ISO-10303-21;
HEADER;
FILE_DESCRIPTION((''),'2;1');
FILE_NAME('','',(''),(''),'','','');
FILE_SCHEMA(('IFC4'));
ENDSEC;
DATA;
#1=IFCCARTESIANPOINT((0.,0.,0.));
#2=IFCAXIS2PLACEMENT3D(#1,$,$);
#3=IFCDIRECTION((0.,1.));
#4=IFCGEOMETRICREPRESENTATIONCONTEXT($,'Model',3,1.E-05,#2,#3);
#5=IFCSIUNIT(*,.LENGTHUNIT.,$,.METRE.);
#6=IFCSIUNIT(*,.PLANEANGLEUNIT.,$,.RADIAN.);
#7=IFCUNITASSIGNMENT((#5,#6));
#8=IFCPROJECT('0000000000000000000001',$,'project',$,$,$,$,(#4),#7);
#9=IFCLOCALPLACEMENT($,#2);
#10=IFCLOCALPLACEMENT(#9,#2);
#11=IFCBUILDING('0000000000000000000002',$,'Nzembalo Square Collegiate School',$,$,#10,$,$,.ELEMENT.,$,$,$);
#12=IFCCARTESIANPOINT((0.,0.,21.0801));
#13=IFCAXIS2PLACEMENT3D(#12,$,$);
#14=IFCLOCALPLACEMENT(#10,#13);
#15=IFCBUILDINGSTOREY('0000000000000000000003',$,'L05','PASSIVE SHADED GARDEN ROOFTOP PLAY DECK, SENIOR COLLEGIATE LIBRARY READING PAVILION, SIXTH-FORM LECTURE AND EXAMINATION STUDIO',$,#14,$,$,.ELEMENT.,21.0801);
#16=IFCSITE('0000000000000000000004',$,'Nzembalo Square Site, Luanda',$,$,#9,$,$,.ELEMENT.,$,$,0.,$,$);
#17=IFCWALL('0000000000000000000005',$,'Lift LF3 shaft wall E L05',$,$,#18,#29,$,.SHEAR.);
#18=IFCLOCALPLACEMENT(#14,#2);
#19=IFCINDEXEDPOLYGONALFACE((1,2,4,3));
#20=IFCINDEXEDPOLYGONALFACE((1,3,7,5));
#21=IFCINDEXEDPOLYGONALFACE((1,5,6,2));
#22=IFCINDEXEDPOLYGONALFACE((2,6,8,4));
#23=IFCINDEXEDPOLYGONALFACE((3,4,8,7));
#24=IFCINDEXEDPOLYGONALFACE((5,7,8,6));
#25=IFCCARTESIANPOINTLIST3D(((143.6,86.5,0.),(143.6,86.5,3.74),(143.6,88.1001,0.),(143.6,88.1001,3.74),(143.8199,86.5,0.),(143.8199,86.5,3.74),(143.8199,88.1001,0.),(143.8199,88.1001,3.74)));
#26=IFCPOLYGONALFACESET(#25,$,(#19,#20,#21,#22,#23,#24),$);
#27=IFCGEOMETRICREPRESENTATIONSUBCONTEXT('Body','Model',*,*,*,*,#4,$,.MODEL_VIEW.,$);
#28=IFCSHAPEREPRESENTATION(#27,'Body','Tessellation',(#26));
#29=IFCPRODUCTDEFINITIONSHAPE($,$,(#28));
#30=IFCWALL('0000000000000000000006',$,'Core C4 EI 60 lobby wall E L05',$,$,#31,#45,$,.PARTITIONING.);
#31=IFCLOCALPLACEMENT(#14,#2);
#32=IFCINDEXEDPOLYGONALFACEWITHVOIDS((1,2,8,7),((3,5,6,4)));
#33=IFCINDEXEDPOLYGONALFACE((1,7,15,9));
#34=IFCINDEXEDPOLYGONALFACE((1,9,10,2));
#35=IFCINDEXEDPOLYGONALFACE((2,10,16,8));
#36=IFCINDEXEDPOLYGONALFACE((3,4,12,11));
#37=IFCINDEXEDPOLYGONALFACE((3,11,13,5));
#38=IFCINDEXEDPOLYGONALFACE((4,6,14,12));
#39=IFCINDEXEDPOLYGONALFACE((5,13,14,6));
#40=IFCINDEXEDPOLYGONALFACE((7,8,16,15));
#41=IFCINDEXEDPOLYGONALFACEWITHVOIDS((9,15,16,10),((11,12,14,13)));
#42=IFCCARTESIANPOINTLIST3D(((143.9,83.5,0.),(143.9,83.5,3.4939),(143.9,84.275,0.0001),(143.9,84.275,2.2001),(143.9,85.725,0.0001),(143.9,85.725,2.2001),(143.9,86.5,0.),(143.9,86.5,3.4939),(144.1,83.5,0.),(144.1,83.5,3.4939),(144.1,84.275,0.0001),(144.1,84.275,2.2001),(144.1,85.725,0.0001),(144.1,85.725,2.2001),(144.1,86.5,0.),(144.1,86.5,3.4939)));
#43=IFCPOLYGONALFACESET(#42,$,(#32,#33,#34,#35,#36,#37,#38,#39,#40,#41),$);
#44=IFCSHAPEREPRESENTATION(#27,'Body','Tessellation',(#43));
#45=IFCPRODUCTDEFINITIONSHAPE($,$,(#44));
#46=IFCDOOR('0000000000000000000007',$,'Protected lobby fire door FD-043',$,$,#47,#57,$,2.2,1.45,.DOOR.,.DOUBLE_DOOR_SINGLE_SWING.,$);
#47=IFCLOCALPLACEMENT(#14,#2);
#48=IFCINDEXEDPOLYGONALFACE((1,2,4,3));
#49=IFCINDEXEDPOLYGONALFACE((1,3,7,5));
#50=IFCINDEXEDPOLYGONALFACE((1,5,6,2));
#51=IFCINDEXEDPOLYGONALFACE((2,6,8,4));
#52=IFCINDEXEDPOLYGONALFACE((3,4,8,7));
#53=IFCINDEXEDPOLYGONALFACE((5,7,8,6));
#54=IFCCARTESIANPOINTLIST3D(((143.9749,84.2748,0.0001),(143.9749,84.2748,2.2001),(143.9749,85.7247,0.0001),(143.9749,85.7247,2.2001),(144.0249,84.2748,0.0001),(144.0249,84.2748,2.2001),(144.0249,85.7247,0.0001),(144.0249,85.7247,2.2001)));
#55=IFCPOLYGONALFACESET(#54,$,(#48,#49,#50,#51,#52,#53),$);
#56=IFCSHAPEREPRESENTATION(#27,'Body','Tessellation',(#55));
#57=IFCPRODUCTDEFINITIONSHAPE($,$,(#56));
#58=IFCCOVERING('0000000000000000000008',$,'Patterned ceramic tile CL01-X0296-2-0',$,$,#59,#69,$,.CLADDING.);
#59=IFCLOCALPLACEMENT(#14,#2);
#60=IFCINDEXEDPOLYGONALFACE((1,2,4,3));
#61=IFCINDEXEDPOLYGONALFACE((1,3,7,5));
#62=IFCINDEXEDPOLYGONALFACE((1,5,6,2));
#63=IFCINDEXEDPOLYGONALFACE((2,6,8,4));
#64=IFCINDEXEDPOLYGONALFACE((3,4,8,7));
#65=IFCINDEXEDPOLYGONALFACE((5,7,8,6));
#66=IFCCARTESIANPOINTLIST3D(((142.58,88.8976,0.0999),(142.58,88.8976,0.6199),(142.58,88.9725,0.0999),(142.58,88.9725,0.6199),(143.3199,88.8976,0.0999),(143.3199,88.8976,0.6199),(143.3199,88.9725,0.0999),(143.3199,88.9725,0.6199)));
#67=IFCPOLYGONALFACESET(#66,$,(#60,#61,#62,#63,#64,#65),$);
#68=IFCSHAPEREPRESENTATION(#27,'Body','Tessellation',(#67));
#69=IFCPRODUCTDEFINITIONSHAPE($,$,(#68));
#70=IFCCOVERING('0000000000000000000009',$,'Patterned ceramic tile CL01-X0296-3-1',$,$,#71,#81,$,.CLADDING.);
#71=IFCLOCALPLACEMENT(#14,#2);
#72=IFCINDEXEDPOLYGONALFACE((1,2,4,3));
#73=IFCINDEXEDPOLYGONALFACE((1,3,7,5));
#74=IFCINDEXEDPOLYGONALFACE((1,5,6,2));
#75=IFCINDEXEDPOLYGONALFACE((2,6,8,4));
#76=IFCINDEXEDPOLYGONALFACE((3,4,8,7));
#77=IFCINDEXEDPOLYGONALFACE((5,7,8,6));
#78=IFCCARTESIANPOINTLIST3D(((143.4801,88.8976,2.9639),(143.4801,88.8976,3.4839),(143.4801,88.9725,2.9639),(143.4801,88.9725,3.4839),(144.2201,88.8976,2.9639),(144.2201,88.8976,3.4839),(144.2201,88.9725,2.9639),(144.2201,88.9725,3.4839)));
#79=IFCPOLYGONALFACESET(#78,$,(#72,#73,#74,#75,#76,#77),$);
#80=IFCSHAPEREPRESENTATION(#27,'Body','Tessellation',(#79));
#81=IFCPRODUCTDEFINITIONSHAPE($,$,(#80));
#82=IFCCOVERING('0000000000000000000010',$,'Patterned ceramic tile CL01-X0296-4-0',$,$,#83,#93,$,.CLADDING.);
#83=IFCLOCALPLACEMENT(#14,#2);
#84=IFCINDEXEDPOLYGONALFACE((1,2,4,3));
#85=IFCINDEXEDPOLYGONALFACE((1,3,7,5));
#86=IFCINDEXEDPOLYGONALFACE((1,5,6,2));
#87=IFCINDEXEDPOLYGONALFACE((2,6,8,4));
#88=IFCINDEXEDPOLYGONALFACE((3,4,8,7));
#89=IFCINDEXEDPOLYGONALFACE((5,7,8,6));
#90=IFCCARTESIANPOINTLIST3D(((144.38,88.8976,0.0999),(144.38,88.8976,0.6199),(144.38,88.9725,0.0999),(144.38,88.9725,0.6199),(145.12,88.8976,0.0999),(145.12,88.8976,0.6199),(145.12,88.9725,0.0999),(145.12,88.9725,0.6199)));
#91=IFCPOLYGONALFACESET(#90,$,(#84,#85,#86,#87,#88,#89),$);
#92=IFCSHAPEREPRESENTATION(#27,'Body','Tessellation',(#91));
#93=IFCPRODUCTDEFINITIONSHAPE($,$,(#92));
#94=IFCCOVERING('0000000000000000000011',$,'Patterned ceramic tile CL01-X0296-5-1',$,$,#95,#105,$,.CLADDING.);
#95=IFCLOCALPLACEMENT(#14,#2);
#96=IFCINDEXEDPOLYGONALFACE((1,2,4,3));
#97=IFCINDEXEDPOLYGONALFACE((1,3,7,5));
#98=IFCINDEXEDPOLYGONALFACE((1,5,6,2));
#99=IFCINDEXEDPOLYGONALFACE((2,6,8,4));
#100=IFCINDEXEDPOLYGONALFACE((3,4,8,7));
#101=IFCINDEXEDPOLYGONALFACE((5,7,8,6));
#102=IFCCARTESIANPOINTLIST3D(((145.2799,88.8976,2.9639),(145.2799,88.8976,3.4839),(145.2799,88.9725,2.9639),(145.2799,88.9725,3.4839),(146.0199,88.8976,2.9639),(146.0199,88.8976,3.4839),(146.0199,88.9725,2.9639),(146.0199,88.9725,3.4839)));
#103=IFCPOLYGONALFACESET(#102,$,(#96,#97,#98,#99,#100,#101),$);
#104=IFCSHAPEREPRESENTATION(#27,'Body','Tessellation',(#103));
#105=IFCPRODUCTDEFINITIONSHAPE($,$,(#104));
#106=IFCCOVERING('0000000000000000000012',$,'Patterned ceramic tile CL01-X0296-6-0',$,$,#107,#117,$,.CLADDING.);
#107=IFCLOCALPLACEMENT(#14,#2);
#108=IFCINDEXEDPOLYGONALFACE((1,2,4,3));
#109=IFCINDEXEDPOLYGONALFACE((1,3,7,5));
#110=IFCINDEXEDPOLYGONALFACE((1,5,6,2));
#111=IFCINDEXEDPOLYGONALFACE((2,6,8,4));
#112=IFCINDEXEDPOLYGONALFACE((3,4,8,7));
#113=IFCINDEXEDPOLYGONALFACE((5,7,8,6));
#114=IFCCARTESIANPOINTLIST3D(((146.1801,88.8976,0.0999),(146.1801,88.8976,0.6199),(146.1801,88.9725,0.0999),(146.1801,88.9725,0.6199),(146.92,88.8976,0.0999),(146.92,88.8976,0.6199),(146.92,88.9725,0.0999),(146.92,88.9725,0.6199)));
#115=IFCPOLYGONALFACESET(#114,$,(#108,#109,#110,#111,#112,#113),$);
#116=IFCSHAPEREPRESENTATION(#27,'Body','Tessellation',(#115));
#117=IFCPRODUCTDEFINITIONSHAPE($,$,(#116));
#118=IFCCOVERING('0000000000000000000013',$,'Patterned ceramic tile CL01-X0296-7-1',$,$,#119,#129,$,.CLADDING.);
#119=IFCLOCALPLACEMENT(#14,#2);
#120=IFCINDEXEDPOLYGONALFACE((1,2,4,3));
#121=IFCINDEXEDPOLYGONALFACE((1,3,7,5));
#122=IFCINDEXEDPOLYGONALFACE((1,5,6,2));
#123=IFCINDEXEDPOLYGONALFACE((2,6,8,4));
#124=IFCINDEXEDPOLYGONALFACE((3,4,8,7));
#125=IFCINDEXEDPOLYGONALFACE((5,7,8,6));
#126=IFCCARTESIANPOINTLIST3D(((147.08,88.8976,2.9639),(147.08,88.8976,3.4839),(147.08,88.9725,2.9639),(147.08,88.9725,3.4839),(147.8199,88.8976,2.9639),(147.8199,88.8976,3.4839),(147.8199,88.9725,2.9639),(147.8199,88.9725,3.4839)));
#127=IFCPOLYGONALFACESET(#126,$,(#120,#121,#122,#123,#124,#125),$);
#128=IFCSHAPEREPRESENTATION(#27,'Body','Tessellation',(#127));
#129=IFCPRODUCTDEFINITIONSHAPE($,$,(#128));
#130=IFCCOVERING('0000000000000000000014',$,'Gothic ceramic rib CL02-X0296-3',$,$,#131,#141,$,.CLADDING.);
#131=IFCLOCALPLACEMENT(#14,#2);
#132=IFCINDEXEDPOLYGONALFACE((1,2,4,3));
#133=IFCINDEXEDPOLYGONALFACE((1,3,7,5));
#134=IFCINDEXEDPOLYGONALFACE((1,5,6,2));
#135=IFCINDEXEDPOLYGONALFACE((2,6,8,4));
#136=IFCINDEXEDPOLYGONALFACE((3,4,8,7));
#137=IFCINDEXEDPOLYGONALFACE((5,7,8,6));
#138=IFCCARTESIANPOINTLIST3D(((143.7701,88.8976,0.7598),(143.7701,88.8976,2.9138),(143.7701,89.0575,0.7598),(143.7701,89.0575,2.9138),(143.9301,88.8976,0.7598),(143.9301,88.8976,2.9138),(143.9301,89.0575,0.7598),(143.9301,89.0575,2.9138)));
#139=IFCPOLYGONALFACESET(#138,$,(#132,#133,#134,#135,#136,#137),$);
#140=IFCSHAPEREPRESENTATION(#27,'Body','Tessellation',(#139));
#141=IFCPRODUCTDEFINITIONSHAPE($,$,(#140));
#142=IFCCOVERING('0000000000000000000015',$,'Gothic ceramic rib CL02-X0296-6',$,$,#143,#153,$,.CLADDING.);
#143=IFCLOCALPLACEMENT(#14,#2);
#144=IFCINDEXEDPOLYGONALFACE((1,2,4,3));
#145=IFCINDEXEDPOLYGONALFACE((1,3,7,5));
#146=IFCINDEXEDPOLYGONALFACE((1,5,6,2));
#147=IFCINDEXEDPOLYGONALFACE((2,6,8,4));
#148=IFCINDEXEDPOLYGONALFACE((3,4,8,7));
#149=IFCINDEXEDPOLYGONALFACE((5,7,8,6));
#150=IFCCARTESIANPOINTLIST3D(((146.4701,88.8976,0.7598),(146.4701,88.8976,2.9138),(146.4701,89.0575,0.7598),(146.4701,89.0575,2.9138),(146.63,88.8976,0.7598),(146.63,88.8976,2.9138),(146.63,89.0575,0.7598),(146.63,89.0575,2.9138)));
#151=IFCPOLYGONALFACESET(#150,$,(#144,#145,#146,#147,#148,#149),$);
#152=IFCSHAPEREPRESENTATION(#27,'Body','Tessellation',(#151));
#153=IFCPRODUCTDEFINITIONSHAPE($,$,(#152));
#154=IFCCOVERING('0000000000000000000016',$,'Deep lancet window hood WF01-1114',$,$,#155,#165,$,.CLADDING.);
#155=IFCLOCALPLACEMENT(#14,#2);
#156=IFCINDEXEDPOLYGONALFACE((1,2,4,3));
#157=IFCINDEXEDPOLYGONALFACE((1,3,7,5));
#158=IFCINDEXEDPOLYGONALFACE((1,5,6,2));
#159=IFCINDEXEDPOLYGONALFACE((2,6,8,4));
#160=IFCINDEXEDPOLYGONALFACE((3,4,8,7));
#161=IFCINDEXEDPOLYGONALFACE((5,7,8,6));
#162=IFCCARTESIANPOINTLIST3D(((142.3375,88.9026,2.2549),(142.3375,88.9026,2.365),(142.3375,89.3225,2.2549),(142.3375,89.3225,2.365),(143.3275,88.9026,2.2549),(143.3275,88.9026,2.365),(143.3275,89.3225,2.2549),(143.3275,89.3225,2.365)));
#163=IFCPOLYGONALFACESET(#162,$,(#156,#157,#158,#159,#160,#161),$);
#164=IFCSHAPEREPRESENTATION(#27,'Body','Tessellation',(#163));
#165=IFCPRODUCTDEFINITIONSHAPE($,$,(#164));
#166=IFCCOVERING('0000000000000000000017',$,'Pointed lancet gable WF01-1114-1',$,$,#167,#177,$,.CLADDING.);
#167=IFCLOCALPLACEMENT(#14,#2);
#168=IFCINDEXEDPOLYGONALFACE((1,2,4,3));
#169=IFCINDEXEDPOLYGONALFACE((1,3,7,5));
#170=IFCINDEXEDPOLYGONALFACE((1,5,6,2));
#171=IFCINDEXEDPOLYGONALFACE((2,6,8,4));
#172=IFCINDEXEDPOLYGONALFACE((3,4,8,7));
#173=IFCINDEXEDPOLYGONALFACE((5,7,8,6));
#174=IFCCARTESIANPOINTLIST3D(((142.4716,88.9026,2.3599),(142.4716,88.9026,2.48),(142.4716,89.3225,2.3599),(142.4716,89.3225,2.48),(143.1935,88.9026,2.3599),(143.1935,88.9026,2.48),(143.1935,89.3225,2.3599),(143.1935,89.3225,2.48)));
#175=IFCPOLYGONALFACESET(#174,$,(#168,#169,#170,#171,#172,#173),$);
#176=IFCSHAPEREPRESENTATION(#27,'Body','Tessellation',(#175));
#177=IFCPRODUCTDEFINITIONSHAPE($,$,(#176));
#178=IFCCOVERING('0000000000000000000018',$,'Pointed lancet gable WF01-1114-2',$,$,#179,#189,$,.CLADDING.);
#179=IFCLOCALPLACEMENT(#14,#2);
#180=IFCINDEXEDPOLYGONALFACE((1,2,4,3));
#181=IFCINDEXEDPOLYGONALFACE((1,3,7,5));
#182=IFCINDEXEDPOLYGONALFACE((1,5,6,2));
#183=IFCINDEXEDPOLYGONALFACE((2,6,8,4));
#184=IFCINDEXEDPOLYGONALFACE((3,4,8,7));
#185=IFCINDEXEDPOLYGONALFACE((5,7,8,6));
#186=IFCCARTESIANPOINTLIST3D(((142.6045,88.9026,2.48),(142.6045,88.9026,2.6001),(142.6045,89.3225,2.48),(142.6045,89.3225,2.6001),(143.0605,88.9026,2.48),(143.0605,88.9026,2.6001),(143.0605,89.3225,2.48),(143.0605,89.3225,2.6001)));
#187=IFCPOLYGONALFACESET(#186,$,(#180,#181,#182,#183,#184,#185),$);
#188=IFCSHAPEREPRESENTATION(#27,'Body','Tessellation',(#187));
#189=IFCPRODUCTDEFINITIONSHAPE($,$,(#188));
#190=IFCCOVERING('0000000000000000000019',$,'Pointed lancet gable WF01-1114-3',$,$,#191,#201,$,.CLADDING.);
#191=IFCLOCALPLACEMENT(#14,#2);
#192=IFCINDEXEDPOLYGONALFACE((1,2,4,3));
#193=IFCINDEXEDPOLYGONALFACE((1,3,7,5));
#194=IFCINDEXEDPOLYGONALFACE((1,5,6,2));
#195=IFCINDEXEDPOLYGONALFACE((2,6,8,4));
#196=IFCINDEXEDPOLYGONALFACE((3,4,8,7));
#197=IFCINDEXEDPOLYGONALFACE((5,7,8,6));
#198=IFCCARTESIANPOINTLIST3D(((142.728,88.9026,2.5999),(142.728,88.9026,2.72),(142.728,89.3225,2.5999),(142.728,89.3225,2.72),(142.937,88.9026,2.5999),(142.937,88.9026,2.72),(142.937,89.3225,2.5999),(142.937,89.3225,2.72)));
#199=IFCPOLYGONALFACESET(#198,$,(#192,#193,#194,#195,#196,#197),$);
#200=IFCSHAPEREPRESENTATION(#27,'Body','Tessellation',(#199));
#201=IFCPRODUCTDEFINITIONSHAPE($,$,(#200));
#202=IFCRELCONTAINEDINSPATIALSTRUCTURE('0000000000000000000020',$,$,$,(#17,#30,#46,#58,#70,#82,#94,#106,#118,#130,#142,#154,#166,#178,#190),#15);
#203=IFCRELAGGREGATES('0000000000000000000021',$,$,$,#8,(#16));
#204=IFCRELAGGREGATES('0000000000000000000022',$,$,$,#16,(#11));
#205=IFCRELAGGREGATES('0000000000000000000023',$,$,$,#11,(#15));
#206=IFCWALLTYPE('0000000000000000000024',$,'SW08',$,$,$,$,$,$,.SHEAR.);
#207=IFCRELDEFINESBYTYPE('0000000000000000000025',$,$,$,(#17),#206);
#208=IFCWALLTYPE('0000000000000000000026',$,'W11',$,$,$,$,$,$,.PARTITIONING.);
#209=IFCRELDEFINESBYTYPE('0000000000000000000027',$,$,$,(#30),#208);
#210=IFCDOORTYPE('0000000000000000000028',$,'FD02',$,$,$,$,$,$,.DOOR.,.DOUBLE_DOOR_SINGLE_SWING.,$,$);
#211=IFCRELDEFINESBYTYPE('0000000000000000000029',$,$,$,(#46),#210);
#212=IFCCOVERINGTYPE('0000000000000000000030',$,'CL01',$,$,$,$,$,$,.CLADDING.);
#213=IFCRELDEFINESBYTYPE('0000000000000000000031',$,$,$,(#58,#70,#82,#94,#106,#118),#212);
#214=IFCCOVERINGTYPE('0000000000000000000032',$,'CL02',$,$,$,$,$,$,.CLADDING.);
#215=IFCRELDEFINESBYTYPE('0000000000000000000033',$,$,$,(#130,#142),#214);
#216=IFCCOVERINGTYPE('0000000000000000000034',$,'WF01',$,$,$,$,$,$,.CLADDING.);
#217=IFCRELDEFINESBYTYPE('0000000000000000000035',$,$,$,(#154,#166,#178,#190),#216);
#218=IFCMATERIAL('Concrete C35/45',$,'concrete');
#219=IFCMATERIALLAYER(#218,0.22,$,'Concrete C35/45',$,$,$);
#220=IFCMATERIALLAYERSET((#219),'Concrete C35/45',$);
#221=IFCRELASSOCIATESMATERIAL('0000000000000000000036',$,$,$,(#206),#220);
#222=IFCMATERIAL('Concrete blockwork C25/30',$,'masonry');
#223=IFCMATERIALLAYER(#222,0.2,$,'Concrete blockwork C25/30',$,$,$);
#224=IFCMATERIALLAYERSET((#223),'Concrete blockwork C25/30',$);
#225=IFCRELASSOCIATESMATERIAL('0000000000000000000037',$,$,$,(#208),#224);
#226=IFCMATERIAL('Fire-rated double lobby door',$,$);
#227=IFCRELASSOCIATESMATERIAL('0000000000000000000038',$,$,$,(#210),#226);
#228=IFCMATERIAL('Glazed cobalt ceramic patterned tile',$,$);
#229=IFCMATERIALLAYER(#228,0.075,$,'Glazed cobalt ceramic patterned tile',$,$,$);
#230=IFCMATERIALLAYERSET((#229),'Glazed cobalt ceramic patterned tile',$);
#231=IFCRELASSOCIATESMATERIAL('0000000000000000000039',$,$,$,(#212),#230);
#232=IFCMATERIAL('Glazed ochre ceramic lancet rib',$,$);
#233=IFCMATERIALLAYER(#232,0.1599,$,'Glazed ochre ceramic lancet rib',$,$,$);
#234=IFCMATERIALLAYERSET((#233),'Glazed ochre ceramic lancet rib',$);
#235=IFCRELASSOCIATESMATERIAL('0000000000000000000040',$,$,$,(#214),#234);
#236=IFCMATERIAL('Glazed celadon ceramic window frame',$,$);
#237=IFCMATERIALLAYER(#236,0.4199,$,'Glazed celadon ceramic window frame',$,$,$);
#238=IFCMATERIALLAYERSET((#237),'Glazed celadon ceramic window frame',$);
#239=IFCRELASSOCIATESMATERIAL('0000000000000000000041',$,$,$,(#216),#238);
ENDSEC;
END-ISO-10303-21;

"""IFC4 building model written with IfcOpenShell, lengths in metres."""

from ifc_helpers import new_model, si_unit, direction, frame, frame_2d, origin, origin_2d, place, context, subcontext, project, spatial, rectangle, extrude, material, layer, layer_set, type_object, element, fill, save


model = new_model("IFC4")

# Units and contexts
model_context = context("Model", 3, precision=1e-05, world=origin(), true_north=direction((0.0, 1.0)))
body_context = subcontext(model_context, "Body", "Model", "MODEL_VIEW")
ifc_project = project(units=[si_unit("LENGTHUNIT", "METRE"), si_unit("PLANEANGLEUNIT", "RADIAN")], contexts=[model_context])

# Site, building, storey
site_placement = place(None, origin())
site = spatial("IfcSite", under=ifc_project, at=site_placement, Name="Nzembalo Square Site, Luanda", CompositionType="ELEMENT", RefElevation=0.0)
building_placement = place(site_placement, origin())
building = spatial("IfcBuilding", under=site, at=building_placement, Name="Nzembalo Square Collegiate School", CompositionType="ELEMENT")
storey_placement = place(building_placement, frame((0.0, 0.0, 21.0801)))
storey = spatial("IfcBuildingStorey", under=building, at=storey_placement, Name="L05", Description="PASSIVE SHADED GARDEN ROOFTOP PLAY DECK, SENIOR COLLEGIATE LIBRARY READING PAVILION, SIXTH-FORM LECTURE AND EXAMINATION STUDIO", CompositionType="ELEMENT", Elevation=21.0801)

# Wall
ifc_material_1 = material(Name="Concrete C35/45", Category="concrete")
ifc_layer_1 = layer(ifc_material_1, 0.22, Name="Concrete C35/45")
ifc_layer_set_1 = layer_set([ifc_layer_1], Name="Concrete C35/45")
wall_type_1 = type_object("IfcWallType", Name="SW08", PredefinedType="SHEAR", material=ifc_layer_set_1)
wall_1_placement = place(storey_placement, frame((143.71, 86.5, 0.0), z_axis=(0.0, 0.0, 1.0), x_axis=(0.0, 1.0, 0.0)))
element("IfcWall", 1, at=wall_1_placement, inside=storey, type_object=wall_type_1, Name="Lift LF3 shaft wall E L05", PredefinedType="SHEAR", context=body_context, shape_type="SweptSolid", body=[
    extrude(rectangle(XDim=1.6001, YDim=0.22, at=frame_2d((0.8, 0.0))), origin(), (0.0, 0.0, 1.0), 3.74),
])

# Wall, opening, door
ifc_material_2 = material(Name="Concrete blockwork C25/30", Category="masonry")
ifc_layer_2 = layer(ifc_material_2, 0.2, Name="Concrete blockwork C25/30")
ifc_layer_set_2 = layer_set([ifc_layer_2], Name="Concrete blockwork C25/30")
wall_type_2 = type_object("IfcWallType", Name="W11", PredefinedType="PARTITIONING", material=ifc_layer_set_2)
wall_2_placement = place(storey_placement, frame((144.0, 83.5, 0.0), z_axis=(0.0, 0.0, 1.0), x_axis=(0.0, 1.0, 0.0)))
wall_2 = element("IfcWall", 2, at=wall_2_placement, inside=storey, type_object=wall_type_2, Name="Core C4 EI 60 lobby wall E L05", PredefinedType="PARTITIONING", context=body_context, shape_type="SweptSolid", body=[
    extrude(rectangle(XDim=3.0, YDim=0.2, at=frame_2d((1.5, 0.0))), origin(), (0.0, 0.0, 1.0), 3.4939),
])
opening_placement = place(wall_2_placement, frame((0.7749, 0.0, 0.0)))
opening = element("IfcOpeningElement", 3, at=opening_placement, cuts=wall_2, PredefinedType="OPENING", context=body_context, shape_type="SweptSolid", body=[
    extrude(rectangle(XDim=1.45, YDim=2.2, at=frame_2d((0.7251, 1.1001))), frame((0.0, 0.1099, 0.0), z_axis=(0.0, -1.0, 0.0), x_axis=(1.0, 0.0, 0.0)), (0.0, 0.0, 1.0), 0.22),
])
ifc_material_3 = material(Name="Fire-rated double lobby door")
door_type = type_object("IfcDoorType", Name="FD02", OperationType="DOUBLE_DOOR_SINGLE_SWING", PredefinedType="DOOR", material=ifc_material_3)
door_placement = place(opening_placement, frame((1.45, 0.0, 0.0), z_axis=(0.0, 0.0, 1.0), x_axis=(-1.0, 0.0, 0.0)))
door = element("IfcDoor", 4, at=door_placement, inside=storey, type_object=door_type, Name="Protected lobby fire door FD-043", OperationType="DOUBLE_DOOR_SINGLE_SWING", OverallHeight=2.2, OverallWidth=1.45, PredefinedType="DOOR", context=body_context, shape_type="SweptSolid", body=[
    extrude(rectangle(XDim=1.45, YDim=2.2, at=frame_2d((0.7251, 1.1001))), frame((0.0, 0.0249, 0.0), z_axis=(0.0, -1.0, 0.0), x_axis=(1.0, 0.0, 0.0)), (0.0, 0.0, 1.0), 0.05),
])
fill(opening, door)

# Coverings
ifc_material_4 = material(Name="Glazed cobalt ceramic patterned tile")
ifc_layer_3 = layer(ifc_material_4, 0.075, Name="Glazed cobalt ceramic patterned tile")
ifc_layer_set_3 = layer_set([ifc_layer_3], Name="Glazed cobalt ceramic patterned tile")
covering_type_1 = type_object("IfcCoveringType", Name="CL01", PredefinedType="CLADDING", material=ifc_layer_set_3)
for number, where, z_axis, x_axis, name in (
    (5, (142.95, 88.9351, 0.0999), (0.0, 0.0, 1.0), (1.0, 0.0, 0.0), "Patterned ceramic tile CL01-X0296-2-0"),
    (6, (143.8501, 88.9351, 2.9639), (0.0, 0.0, 1.0), (1.0, 0.0, 0.0), "Patterned ceramic tile CL01-X0296-3-1"),
    (7, (144.75, 88.9351, 0.0999), (0.0, 0.0, 1.0), (1.0, 0.0, 0.0), "Patterned ceramic tile CL01-X0296-4-0"),
    (8, (145.6499, 88.9351, 2.9639), (0.0, 0.0, 1.0), (1.0, 0.0, 0.0), "Patterned ceramic tile CL01-X0296-5-1"),
    (9, (146.55, 88.9351, 0.0999), (0.0, 0.0, 1.0), (1.0, 0.0, 0.0), "Patterned ceramic tile CL01-X0296-6-0"),
    (10, (147.45, 88.9351, 2.9639), (0.0, 0.0, 1.0), (1.0, 0.0, 0.0), "Patterned ceramic tile CL01-X0296-7-1"),
):
    element("IfcCovering", number, at=place(storey_placement, frame(where, z_axis=z_axis, x_axis=x_axis)), inside=storey, type_object=covering_type_1, Name=name, PredefinedType="CLADDING", context=body_context, shape_type="SweptSolid", body=[
        extrude(rectangle(XDim=0.74, YDim=0.075, at=origin_2d()), origin(), (0.0, 0.0, 1.0), 0.52),
    ])
ifc_material_5 = material(Name="Glazed ochre ceramic lancet rib")
ifc_layer_4 = layer(ifc_material_5, 0.1599, Name="Glazed ochre ceramic lancet rib")
ifc_layer_set_4 = layer_set([ifc_layer_4], Name="Glazed ochre ceramic lancet rib")
covering_type_2 = type_object("IfcCoveringType", Name="CL02", PredefinedType="CLADDING", material=ifc_layer_set_4)
for number, where, z_axis, x_axis, name in (
    (11, (143.8501, 88.9775, 0.7598), (0.0, 0.0, 1.0), (1.0, 0.0, 0.0), "Gothic ceramic rib CL02-X0296-3"),
    (12, (146.55, 88.9775, 0.7598), (0.0, 0.0, 1.0), (1.0, 0.0, 0.0), "Gothic ceramic rib CL02-X0296-6"),
):
    element("IfcCovering", number, at=place(storey_placement, frame(where, z_axis=z_axis, x_axis=x_axis)), inside=storey, type_object=covering_type_2, Name=name, PredefinedType="CLADDING", context=body_context, shape_type="SweptSolid", body=[
        extrude(rectangle(XDim=0.1599, YDim=0.1599, at=origin_2d()), origin(), (0.0, 0.0, 1.0), 2.1541),
    ])
ifc_material_6 = material(Name="Glazed celadon ceramic window frame")
ifc_layer_5 = layer(ifc_material_6, 0.4199, Name="Glazed celadon ceramic window frame")
ifc_layer_set_5 = layer_set([ifc_layer_5], Name="Glazed celadon ceramic window frame")
covering_type_3 = type_object("IfcCoveringType", Name="WF01", PredefinedType="CLADDING", material=ifc_layer_set_5)
covering_1_placement = place(storey_placement, frame((142.8325, 89.1125, 2.2549), z_axis=(0.0, 0.0, 1.0), x_axis=(1.0, 0.0, 0.0)))
element("IfcCovering", 13, at=covering_1_placement, inside=storey, type_object=covering_type_3, Name="Deep lancet window hood WF01-1114", PredefinedType="CLADDING", context=body_context, shape_type="SweptSolid", body=[
    extrude(rectangle(XDim=0.99, YDim=0.4199, at=origin_2d()), origin(), (0.0, 0.0, 1.0), 0.1101),
])
covering_2_placement = place(storey_placement, frame((142.8325, 89.1125, 2.3599), z_axis=(0.0, 0.0, 1.0), x_axis=(1.0, 0.0, 0.0)))
element("IfcCovering", 14, at=covering_2_placement, inside=storey, type_object=covering_type_3, Name="Pointed lancet gable WF01-1114-1", PredefinedType="CLADDING", context=body_context, shape_type="SweptSolid", body=[
    extrude(rectangle(XDim=0.7219, YDim=0.4199, at=origin_2d()), origin(), (0.0, 0.0, 1.0), 0.1201),
])
covering_3_placement = place(storey_placement, frame((142.8325, 89.1125, 2.48), z_axis=(0.0, 0.0, 1.0), x_axis=(1.0, 0.0, 0.0)))
element("IfcCovering", 15, at=covering_3_placement, inside=storey, type_object=covering_type_3, Name="Pointed lancet gable WF01-1114-2", PredefinedType="CLADDING", context=body_context, shape_type="SweptSolid", body=[
    extrude(rectangle(XDim=0.4561, YDim=0.4199, at=origin_2d()), origin(), (0.0, 0.0, 1.0), 0.1201),
])
covering_4_placement = place(storey_placement, frame((142.8325, 89.1125, 2.5999), z_axis=(0.0, 0.0, 1.0), x_axis=(1.0, 0.0, 0.0)))
element("IfcCovering", 16, at=covering_4_placement, inside=storey, type_object=covering_type_3, Name="Pointed lancet gable WF01-1114-3", PredefinedType="CLADDING", context=body_context, shape_type="SweptSolid", body=[
    extrude(rectangle(XDim=0.209, YDim=0.4199, at=origin_2d()), origin(), (0.0, 0.0, 1.0), 0.1201),
])

save(model, "model.ifc")
